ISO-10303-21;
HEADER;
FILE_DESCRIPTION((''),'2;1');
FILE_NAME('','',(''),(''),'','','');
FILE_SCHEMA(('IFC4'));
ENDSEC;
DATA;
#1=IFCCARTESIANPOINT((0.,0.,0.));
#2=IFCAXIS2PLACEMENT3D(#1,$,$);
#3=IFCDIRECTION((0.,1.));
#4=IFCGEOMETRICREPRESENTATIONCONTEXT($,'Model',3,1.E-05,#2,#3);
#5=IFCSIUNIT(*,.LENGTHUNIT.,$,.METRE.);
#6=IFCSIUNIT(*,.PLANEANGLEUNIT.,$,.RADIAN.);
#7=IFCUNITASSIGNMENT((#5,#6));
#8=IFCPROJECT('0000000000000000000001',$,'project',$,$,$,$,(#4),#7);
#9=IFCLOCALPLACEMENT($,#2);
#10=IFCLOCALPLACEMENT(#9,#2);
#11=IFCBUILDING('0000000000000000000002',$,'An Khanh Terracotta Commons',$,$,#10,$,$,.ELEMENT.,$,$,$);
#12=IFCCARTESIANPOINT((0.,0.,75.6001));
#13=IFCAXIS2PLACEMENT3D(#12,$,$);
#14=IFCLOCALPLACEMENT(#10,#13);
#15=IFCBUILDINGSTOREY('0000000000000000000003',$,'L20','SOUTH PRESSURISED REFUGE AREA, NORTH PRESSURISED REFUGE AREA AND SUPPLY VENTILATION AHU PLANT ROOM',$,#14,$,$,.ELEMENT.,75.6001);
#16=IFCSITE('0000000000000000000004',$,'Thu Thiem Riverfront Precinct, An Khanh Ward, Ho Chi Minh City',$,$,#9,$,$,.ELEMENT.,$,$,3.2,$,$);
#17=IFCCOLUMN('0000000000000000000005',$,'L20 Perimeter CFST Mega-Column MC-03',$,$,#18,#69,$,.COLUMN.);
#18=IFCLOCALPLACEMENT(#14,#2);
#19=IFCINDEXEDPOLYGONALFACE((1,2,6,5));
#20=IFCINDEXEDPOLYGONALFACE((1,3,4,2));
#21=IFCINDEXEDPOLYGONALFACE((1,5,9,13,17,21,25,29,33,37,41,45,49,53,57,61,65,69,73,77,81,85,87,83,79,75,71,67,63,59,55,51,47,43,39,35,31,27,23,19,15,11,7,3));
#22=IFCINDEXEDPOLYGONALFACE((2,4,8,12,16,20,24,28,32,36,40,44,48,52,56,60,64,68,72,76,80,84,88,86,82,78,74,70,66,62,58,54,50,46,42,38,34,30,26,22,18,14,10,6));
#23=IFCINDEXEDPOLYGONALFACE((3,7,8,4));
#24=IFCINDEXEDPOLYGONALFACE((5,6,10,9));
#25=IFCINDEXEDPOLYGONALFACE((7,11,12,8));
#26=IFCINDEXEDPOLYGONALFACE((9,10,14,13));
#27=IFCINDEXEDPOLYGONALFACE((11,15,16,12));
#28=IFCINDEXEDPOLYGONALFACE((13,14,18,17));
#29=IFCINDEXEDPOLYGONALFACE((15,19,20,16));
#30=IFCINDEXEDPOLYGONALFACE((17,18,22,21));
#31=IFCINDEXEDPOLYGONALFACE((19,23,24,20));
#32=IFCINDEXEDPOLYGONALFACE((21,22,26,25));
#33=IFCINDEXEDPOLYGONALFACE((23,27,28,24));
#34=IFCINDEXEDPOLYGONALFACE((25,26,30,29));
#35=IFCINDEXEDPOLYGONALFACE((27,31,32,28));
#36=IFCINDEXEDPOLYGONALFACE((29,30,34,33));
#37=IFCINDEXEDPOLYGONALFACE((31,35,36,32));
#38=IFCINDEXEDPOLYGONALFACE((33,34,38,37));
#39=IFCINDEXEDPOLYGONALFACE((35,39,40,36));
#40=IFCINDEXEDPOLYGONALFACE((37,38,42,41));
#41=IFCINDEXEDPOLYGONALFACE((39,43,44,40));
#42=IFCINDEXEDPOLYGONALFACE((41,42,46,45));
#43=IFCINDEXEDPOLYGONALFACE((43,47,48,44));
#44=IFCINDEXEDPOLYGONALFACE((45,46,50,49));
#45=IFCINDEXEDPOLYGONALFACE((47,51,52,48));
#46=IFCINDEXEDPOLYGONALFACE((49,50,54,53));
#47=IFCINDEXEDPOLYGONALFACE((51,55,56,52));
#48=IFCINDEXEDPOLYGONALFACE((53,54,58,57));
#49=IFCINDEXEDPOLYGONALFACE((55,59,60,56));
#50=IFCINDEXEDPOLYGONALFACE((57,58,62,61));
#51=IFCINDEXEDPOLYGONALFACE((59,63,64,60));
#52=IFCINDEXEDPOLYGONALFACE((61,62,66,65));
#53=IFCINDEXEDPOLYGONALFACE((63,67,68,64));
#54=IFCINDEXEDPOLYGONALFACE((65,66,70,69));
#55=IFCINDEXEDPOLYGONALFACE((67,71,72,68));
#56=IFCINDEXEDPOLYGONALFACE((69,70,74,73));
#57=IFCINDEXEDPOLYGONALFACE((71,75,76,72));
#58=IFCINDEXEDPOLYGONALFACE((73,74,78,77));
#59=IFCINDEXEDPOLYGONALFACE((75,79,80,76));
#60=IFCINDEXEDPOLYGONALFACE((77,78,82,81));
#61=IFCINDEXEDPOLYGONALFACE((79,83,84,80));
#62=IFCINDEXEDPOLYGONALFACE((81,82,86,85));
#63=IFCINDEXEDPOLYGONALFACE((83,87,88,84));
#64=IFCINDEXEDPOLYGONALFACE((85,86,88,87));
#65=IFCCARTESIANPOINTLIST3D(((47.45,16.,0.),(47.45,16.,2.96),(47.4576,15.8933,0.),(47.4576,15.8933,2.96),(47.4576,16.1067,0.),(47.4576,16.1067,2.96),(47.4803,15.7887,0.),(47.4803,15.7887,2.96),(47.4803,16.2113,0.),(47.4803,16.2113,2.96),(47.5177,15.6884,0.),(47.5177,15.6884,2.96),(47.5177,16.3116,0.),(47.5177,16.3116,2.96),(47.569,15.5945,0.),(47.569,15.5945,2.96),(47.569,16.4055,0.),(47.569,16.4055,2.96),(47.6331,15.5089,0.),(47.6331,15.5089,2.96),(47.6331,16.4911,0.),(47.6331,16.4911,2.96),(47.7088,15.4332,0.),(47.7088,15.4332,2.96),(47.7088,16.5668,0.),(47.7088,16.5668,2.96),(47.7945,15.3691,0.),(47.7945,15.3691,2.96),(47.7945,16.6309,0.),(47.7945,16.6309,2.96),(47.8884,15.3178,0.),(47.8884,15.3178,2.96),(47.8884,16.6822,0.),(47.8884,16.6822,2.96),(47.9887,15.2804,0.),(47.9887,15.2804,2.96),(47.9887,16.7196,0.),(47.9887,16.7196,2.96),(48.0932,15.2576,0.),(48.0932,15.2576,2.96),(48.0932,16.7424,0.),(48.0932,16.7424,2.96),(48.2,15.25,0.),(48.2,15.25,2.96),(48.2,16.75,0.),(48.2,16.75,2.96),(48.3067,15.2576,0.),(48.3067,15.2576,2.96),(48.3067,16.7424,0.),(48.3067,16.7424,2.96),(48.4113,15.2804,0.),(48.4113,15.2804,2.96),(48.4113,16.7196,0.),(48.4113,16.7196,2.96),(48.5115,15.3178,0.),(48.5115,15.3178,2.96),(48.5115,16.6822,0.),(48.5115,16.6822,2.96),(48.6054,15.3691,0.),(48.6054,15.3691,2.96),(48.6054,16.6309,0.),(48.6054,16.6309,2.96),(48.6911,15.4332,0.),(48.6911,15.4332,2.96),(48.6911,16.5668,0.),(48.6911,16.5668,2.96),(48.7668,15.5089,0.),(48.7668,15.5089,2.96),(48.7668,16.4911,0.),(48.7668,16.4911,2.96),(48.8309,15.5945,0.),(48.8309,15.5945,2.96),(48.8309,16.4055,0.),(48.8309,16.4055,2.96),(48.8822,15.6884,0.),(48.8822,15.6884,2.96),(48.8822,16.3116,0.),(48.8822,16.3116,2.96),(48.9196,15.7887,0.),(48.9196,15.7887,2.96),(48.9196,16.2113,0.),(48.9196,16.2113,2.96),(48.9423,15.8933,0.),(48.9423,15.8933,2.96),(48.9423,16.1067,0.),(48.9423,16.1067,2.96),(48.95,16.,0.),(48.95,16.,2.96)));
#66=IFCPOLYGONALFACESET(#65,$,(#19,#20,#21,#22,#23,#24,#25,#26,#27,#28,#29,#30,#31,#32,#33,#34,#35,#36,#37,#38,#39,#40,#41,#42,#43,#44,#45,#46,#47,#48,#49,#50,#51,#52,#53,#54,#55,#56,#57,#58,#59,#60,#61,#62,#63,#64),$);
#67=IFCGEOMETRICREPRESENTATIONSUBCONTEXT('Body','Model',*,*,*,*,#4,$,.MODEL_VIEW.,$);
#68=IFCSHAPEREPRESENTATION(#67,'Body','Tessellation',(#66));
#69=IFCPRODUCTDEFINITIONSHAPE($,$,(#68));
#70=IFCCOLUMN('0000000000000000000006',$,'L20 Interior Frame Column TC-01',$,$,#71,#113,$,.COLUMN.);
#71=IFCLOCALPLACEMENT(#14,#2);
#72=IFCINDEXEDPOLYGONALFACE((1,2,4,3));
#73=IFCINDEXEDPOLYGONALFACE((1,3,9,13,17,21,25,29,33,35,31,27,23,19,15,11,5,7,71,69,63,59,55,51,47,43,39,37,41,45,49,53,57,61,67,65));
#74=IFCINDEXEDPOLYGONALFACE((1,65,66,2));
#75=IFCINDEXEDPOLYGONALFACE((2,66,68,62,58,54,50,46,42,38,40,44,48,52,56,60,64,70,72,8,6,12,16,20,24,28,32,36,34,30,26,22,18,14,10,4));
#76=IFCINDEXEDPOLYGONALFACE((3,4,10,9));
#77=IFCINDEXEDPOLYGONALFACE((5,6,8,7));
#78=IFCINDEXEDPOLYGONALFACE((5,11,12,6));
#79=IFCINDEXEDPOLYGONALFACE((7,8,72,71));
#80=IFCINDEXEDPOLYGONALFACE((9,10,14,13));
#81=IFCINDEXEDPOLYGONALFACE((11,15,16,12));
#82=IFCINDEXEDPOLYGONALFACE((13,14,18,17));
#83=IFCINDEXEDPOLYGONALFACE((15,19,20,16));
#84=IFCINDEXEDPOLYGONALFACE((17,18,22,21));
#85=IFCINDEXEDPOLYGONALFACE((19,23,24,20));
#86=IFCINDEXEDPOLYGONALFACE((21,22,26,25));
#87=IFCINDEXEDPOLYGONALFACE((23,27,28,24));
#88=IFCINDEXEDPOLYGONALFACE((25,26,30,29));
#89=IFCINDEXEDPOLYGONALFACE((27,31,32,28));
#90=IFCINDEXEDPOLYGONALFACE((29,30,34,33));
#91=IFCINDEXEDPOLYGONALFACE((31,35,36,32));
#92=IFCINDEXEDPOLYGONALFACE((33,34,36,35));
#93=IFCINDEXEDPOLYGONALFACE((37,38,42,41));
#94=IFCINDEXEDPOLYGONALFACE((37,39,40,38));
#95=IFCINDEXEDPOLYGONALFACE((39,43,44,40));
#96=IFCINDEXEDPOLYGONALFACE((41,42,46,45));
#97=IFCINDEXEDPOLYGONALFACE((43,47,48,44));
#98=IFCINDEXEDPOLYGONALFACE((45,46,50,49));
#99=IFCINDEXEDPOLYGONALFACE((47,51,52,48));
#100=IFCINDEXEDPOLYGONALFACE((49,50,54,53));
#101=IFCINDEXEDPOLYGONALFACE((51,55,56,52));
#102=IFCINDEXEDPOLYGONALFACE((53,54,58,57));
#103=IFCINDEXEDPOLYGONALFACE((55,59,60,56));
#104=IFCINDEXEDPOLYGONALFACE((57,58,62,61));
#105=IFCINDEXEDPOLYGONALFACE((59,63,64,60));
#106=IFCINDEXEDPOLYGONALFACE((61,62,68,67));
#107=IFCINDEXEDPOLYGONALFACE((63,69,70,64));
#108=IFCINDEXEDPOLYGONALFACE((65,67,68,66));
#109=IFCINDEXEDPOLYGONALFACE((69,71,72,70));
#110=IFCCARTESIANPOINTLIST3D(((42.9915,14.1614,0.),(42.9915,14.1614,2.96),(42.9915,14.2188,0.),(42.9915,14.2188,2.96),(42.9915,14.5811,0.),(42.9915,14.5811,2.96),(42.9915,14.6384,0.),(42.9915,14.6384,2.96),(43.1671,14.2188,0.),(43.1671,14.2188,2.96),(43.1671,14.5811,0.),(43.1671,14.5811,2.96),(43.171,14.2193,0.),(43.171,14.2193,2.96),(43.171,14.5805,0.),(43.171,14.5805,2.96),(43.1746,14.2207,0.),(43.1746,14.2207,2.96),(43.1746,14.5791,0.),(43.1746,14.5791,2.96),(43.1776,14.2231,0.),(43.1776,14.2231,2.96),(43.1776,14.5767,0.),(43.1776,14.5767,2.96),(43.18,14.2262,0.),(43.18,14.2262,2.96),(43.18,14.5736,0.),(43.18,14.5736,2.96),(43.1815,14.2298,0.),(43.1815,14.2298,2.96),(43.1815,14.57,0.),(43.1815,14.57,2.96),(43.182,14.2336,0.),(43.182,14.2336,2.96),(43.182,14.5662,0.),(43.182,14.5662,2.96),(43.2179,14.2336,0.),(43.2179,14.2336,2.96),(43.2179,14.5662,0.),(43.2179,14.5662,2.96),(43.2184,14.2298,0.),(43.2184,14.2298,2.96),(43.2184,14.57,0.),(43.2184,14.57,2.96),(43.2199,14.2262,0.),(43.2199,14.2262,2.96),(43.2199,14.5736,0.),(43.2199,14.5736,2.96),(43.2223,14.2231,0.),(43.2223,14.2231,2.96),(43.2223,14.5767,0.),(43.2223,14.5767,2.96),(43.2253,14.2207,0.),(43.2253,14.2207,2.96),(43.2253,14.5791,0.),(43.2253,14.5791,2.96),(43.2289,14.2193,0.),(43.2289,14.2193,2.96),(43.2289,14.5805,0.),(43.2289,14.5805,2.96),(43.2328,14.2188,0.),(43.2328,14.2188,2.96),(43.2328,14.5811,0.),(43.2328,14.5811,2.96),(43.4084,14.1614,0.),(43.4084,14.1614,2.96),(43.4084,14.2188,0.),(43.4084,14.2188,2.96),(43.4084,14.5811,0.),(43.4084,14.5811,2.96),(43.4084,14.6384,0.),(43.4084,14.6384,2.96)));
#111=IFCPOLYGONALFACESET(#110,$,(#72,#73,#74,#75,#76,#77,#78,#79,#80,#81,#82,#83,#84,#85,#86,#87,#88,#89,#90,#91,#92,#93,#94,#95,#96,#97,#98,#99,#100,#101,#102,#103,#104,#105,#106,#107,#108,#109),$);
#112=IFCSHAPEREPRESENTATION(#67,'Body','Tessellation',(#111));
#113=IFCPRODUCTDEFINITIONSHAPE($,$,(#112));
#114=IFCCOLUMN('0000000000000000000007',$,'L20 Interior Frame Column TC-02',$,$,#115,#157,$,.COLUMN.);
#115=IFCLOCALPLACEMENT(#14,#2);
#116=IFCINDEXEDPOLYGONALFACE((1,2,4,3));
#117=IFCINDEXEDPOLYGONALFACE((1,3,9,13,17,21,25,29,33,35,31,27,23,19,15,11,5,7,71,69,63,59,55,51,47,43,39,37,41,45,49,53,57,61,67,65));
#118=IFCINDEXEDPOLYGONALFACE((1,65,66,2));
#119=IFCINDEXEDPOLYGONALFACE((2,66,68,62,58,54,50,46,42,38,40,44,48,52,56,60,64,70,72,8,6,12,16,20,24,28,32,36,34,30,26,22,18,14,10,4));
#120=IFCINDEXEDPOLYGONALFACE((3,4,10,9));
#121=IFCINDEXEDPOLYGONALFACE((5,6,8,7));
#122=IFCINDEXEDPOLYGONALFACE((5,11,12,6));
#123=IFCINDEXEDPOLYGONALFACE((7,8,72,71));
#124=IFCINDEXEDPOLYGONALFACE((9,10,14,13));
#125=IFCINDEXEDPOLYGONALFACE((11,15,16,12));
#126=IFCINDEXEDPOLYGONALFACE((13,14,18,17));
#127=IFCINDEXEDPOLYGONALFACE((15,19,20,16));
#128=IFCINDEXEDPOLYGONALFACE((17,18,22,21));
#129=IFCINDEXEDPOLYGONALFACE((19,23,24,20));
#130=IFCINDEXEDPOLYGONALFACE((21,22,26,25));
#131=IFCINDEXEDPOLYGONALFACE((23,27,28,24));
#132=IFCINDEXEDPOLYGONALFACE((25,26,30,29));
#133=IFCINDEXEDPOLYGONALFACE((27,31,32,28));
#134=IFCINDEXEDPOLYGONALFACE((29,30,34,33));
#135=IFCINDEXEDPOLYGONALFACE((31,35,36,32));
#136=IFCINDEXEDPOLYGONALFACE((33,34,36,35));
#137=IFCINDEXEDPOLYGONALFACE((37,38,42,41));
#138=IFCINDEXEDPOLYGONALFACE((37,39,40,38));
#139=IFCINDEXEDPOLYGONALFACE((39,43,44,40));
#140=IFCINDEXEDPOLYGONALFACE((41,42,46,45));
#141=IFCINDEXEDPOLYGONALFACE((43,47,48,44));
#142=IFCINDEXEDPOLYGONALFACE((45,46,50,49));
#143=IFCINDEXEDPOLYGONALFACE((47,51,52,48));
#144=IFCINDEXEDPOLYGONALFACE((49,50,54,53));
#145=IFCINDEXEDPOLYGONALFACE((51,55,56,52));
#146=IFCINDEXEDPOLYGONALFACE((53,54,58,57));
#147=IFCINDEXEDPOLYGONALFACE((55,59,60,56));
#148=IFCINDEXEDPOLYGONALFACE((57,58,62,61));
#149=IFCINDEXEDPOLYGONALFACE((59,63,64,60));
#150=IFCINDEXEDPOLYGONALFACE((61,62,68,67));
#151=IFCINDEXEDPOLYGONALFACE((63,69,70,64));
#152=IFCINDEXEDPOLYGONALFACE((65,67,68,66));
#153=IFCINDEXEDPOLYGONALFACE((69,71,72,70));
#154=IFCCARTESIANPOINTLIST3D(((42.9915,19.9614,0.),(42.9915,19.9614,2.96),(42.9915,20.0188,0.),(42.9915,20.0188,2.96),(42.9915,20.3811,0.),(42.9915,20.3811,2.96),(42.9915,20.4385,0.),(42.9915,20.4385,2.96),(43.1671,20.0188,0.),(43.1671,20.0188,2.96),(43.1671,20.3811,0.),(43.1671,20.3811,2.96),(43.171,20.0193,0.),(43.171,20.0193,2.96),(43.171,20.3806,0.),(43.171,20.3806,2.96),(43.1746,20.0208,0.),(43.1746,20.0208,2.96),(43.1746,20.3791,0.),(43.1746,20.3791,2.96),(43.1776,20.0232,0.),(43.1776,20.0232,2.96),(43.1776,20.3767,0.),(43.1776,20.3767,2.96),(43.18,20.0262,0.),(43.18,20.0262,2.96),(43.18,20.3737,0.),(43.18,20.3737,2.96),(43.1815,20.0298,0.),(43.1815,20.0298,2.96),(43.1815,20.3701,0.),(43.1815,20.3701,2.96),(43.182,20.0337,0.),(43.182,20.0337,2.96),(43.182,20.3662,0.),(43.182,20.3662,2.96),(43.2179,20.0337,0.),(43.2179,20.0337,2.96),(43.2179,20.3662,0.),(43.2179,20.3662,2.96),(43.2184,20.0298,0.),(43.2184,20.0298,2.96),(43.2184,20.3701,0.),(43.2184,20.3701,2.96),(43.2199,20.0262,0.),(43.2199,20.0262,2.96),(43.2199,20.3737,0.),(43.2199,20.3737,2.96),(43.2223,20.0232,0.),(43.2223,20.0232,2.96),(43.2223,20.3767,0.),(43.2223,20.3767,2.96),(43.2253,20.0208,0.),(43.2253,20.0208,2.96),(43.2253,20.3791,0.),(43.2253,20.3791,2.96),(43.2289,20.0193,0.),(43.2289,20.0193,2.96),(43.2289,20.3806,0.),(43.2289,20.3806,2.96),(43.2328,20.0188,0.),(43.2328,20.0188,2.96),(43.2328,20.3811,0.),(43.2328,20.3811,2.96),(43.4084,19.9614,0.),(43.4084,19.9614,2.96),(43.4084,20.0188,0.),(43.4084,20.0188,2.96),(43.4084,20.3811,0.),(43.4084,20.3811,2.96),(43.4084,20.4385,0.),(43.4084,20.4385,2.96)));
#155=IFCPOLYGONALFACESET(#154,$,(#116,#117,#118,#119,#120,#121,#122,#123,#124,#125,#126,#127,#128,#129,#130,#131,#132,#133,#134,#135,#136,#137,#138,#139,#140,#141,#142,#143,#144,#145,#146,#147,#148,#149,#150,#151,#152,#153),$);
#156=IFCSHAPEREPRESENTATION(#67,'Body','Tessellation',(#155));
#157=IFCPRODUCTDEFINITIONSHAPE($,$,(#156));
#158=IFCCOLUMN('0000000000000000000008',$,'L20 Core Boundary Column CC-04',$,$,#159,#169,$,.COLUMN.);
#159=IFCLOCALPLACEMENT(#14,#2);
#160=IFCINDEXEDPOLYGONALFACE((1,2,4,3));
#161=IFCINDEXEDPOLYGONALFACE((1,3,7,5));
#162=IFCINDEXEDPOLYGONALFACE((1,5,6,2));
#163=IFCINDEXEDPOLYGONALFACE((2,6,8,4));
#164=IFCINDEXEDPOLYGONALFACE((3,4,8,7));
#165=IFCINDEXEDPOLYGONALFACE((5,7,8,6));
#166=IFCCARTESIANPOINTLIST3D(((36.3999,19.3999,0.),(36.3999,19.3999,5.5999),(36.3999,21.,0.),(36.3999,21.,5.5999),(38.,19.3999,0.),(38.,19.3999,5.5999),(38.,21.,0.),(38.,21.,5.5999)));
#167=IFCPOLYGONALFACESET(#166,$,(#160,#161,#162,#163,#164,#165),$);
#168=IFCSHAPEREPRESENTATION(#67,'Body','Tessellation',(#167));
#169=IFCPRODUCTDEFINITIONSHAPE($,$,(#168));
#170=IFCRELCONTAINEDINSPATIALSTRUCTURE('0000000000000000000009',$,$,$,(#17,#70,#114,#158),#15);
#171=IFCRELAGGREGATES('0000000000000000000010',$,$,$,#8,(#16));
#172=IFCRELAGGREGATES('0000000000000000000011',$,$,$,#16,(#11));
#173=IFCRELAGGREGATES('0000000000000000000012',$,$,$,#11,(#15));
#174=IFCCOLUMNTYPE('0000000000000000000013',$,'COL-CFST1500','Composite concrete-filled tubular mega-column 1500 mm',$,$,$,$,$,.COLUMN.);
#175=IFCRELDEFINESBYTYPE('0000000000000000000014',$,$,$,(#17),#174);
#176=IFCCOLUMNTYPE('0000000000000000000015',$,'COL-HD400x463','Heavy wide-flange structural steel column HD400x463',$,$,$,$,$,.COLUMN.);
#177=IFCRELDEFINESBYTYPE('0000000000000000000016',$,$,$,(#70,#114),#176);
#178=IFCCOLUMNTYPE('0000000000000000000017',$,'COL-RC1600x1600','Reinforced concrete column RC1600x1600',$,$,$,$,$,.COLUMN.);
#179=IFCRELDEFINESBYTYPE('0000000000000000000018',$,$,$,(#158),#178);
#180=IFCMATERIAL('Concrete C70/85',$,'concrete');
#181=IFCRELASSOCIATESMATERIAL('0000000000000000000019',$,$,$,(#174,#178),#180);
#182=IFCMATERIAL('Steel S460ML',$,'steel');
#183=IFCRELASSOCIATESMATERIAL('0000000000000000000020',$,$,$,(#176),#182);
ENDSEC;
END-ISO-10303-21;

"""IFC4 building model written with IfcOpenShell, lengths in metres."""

from ifc_helpers import new_model, si_unit, direction, frame, origin, origin_2d, place, context, subcontext, project, spatial, rectangle, circle, i_section, extrude, material, material_profile, profile_set, type_object, element, save


model = new_model("IFC4")

# Units and contexts
model_context = context("Model", 3, precision=1e-05, world=origin(), true_north=direction((0.0, 1.0)))
body_context = subcontext(model_context, "Body", "Model", "MODEL_VIEW")
ifc_project = project(units=[si_unit("LENGTHUNIT", "METRE"), si_unit("PLANEANGLEUNIT", "RADIAN")], contexts=[model_context])

# Site, building, storey
site_placement = place(None, origin())
site = spatial("IfcSite", under=ifc_project, at=site_placement, Name="Thu Thiem Riverfront Precinct, An Khanh Ward, Ho Chi Minh City", CompositionType="ELEMENT", RefElevation=3.2)
building_placement = place(site_placement, origin())
building = spatial("IfcBuilding", under=site, at=building_placement, Name="An Khanh Terracotta Commons", CompositionType="ELEMENT")
storey_placement = place(building_placement, frame((0.0, 0.0, 75.6001)))
storey = spatial("IfcBuildingStorey", under=building, at=storey_placement, Name="L20", Description="SOUTH PRESSURISED REFUGE AREA, NORTH PRESSURISED REFUGE AREA AND SUPPLY VENTILATION AHU PLANT ROOM", CompositionType="ELEMENT", Elevation=75.6001)

# Columns
ifc_material_1 = material(Name="Concrete C70/85", Category="concrete")
ifc_material_profile_1 = material_profile(ifc_material_1, circle(Radius=0.75, at=origin_2d()), Name="CFST1500")
ifc_profile_set_1 = profile_set([ifc_material_profile_1], Name="Concrete C70/85")
column_type_1 = type_object("IfcColumnType", Name="COL-CFST1500", Description="Composite concrete-filled tubular mega-column 1500 mm", PredefinedType="COLUMN", material=ifc_profile_set_1)
column_1_placement = place(storey_placement, frame((48.2, 16.0, 0.0), z_axis=(0.0, 0.0, 1.0), x_axis=(1.0, 0.0, 0.0)))
element("IfcColumn", 1, at=column_1_placement, inside=storey, type_object=column_type_1, Name="L20 Perimeter CFST Mega-Column MC-03", PredefinedType="COLUMN", context=body_context, shape_type="SweptSolid", body=[
    extrude(circle(Radius=0.75, at=origin_2d()), origin(), (0.0, 0.0, 1.0), 2.96),
])
ifc_material_2 = material(Name="Steel S460ML", Category="steel")
ifc_material_profile_2 = material_profile(ifc_material_2, i_section(OverallWidth=0.417, OverallDepth=0.4771, WebThickness=0.0359, FlangeThickness=0.0574, FilletRadius=0.0149, at=origin_2d()), Name="HD400x463")
ifc_profile_set_2 = profile_set([ifc_material_profile_2], Name="Steel S460ML")
column_type_2 = type_object("IfcColumnType", Name="COL-HD400x463", Description="Heavy wide-flange structural steel column HD400x463", PredefinedType="COLUMN", material=ifc_profile_set_2)
for number, where, z_axis, x_axis, name in (
    (2, (43.2, 14.3999, 0.0), (0.0, 0.0, 1.0), (1.0, 0.0, 0.0), "L20 Interior Frame Column TC-01"),
    (3, (43.2, 20.2, 0.0), (0.0, 0.0, 1.0), (1.0, 0.0, 0.0), "L20 Interior Frame Column TC-02"),
):
    element("IfcColumn", number, at=place(storey_placement, frame(where, z_axis=z_axis, x_axis=x_axis)), inside=storey, type_object=column_type_2, Name=name, PredefinedType="COLUMN", context=body_context, shape_type="SweptSolid", body=[
        extrude(i_section(OverallWidth=0.417, OverallDepth=0.4771, WebThickness=0.0359, FlangeThickness=0.0574, FilletRadius=0.0149, at=origin_2d()), origin(), (0.0, 0.0, 1.0), 2.96),
    ])
ifc_material_profile_3 = material_profile(ifc_material_1, rectangle(XDim=1.6001, YDim=1.6001, at=origin_2d()), Name="RC1600x1600")
ifc_profile_set_3 = profile_set([ifc_material_profile_3], Name="Concrete C70/85")
column_type_3 = type_object("IfcColumnType", Name="COL-RC1600x1600", Description="Reinforced concrete column RC1600x1600", PredefinedType="COLUMN", material=ifc_profile_set_3)
column_2_placement = place(storey_placement, frame((37.2, 20.2, 0.0), z_axis=(0.0, 0.0, 1.0), x_axis=(1.0, 0.0, 0.0)))
element("IfcColumn", 4, at=column_2_placement, inside=storey, type_object=column_type_3, Name="L20 Core Boundary Column CC-04", PredefinedType="COLUMN", context=body_context, shape_type="SweptSolid", body=[
    extrude(rectangle(XDim=1.6001, YDim=1.6001, at=origin_2d()), origin(), (0.0, 0.0, 1.0), 5.5999),
])

save(model, "model.ifc")
